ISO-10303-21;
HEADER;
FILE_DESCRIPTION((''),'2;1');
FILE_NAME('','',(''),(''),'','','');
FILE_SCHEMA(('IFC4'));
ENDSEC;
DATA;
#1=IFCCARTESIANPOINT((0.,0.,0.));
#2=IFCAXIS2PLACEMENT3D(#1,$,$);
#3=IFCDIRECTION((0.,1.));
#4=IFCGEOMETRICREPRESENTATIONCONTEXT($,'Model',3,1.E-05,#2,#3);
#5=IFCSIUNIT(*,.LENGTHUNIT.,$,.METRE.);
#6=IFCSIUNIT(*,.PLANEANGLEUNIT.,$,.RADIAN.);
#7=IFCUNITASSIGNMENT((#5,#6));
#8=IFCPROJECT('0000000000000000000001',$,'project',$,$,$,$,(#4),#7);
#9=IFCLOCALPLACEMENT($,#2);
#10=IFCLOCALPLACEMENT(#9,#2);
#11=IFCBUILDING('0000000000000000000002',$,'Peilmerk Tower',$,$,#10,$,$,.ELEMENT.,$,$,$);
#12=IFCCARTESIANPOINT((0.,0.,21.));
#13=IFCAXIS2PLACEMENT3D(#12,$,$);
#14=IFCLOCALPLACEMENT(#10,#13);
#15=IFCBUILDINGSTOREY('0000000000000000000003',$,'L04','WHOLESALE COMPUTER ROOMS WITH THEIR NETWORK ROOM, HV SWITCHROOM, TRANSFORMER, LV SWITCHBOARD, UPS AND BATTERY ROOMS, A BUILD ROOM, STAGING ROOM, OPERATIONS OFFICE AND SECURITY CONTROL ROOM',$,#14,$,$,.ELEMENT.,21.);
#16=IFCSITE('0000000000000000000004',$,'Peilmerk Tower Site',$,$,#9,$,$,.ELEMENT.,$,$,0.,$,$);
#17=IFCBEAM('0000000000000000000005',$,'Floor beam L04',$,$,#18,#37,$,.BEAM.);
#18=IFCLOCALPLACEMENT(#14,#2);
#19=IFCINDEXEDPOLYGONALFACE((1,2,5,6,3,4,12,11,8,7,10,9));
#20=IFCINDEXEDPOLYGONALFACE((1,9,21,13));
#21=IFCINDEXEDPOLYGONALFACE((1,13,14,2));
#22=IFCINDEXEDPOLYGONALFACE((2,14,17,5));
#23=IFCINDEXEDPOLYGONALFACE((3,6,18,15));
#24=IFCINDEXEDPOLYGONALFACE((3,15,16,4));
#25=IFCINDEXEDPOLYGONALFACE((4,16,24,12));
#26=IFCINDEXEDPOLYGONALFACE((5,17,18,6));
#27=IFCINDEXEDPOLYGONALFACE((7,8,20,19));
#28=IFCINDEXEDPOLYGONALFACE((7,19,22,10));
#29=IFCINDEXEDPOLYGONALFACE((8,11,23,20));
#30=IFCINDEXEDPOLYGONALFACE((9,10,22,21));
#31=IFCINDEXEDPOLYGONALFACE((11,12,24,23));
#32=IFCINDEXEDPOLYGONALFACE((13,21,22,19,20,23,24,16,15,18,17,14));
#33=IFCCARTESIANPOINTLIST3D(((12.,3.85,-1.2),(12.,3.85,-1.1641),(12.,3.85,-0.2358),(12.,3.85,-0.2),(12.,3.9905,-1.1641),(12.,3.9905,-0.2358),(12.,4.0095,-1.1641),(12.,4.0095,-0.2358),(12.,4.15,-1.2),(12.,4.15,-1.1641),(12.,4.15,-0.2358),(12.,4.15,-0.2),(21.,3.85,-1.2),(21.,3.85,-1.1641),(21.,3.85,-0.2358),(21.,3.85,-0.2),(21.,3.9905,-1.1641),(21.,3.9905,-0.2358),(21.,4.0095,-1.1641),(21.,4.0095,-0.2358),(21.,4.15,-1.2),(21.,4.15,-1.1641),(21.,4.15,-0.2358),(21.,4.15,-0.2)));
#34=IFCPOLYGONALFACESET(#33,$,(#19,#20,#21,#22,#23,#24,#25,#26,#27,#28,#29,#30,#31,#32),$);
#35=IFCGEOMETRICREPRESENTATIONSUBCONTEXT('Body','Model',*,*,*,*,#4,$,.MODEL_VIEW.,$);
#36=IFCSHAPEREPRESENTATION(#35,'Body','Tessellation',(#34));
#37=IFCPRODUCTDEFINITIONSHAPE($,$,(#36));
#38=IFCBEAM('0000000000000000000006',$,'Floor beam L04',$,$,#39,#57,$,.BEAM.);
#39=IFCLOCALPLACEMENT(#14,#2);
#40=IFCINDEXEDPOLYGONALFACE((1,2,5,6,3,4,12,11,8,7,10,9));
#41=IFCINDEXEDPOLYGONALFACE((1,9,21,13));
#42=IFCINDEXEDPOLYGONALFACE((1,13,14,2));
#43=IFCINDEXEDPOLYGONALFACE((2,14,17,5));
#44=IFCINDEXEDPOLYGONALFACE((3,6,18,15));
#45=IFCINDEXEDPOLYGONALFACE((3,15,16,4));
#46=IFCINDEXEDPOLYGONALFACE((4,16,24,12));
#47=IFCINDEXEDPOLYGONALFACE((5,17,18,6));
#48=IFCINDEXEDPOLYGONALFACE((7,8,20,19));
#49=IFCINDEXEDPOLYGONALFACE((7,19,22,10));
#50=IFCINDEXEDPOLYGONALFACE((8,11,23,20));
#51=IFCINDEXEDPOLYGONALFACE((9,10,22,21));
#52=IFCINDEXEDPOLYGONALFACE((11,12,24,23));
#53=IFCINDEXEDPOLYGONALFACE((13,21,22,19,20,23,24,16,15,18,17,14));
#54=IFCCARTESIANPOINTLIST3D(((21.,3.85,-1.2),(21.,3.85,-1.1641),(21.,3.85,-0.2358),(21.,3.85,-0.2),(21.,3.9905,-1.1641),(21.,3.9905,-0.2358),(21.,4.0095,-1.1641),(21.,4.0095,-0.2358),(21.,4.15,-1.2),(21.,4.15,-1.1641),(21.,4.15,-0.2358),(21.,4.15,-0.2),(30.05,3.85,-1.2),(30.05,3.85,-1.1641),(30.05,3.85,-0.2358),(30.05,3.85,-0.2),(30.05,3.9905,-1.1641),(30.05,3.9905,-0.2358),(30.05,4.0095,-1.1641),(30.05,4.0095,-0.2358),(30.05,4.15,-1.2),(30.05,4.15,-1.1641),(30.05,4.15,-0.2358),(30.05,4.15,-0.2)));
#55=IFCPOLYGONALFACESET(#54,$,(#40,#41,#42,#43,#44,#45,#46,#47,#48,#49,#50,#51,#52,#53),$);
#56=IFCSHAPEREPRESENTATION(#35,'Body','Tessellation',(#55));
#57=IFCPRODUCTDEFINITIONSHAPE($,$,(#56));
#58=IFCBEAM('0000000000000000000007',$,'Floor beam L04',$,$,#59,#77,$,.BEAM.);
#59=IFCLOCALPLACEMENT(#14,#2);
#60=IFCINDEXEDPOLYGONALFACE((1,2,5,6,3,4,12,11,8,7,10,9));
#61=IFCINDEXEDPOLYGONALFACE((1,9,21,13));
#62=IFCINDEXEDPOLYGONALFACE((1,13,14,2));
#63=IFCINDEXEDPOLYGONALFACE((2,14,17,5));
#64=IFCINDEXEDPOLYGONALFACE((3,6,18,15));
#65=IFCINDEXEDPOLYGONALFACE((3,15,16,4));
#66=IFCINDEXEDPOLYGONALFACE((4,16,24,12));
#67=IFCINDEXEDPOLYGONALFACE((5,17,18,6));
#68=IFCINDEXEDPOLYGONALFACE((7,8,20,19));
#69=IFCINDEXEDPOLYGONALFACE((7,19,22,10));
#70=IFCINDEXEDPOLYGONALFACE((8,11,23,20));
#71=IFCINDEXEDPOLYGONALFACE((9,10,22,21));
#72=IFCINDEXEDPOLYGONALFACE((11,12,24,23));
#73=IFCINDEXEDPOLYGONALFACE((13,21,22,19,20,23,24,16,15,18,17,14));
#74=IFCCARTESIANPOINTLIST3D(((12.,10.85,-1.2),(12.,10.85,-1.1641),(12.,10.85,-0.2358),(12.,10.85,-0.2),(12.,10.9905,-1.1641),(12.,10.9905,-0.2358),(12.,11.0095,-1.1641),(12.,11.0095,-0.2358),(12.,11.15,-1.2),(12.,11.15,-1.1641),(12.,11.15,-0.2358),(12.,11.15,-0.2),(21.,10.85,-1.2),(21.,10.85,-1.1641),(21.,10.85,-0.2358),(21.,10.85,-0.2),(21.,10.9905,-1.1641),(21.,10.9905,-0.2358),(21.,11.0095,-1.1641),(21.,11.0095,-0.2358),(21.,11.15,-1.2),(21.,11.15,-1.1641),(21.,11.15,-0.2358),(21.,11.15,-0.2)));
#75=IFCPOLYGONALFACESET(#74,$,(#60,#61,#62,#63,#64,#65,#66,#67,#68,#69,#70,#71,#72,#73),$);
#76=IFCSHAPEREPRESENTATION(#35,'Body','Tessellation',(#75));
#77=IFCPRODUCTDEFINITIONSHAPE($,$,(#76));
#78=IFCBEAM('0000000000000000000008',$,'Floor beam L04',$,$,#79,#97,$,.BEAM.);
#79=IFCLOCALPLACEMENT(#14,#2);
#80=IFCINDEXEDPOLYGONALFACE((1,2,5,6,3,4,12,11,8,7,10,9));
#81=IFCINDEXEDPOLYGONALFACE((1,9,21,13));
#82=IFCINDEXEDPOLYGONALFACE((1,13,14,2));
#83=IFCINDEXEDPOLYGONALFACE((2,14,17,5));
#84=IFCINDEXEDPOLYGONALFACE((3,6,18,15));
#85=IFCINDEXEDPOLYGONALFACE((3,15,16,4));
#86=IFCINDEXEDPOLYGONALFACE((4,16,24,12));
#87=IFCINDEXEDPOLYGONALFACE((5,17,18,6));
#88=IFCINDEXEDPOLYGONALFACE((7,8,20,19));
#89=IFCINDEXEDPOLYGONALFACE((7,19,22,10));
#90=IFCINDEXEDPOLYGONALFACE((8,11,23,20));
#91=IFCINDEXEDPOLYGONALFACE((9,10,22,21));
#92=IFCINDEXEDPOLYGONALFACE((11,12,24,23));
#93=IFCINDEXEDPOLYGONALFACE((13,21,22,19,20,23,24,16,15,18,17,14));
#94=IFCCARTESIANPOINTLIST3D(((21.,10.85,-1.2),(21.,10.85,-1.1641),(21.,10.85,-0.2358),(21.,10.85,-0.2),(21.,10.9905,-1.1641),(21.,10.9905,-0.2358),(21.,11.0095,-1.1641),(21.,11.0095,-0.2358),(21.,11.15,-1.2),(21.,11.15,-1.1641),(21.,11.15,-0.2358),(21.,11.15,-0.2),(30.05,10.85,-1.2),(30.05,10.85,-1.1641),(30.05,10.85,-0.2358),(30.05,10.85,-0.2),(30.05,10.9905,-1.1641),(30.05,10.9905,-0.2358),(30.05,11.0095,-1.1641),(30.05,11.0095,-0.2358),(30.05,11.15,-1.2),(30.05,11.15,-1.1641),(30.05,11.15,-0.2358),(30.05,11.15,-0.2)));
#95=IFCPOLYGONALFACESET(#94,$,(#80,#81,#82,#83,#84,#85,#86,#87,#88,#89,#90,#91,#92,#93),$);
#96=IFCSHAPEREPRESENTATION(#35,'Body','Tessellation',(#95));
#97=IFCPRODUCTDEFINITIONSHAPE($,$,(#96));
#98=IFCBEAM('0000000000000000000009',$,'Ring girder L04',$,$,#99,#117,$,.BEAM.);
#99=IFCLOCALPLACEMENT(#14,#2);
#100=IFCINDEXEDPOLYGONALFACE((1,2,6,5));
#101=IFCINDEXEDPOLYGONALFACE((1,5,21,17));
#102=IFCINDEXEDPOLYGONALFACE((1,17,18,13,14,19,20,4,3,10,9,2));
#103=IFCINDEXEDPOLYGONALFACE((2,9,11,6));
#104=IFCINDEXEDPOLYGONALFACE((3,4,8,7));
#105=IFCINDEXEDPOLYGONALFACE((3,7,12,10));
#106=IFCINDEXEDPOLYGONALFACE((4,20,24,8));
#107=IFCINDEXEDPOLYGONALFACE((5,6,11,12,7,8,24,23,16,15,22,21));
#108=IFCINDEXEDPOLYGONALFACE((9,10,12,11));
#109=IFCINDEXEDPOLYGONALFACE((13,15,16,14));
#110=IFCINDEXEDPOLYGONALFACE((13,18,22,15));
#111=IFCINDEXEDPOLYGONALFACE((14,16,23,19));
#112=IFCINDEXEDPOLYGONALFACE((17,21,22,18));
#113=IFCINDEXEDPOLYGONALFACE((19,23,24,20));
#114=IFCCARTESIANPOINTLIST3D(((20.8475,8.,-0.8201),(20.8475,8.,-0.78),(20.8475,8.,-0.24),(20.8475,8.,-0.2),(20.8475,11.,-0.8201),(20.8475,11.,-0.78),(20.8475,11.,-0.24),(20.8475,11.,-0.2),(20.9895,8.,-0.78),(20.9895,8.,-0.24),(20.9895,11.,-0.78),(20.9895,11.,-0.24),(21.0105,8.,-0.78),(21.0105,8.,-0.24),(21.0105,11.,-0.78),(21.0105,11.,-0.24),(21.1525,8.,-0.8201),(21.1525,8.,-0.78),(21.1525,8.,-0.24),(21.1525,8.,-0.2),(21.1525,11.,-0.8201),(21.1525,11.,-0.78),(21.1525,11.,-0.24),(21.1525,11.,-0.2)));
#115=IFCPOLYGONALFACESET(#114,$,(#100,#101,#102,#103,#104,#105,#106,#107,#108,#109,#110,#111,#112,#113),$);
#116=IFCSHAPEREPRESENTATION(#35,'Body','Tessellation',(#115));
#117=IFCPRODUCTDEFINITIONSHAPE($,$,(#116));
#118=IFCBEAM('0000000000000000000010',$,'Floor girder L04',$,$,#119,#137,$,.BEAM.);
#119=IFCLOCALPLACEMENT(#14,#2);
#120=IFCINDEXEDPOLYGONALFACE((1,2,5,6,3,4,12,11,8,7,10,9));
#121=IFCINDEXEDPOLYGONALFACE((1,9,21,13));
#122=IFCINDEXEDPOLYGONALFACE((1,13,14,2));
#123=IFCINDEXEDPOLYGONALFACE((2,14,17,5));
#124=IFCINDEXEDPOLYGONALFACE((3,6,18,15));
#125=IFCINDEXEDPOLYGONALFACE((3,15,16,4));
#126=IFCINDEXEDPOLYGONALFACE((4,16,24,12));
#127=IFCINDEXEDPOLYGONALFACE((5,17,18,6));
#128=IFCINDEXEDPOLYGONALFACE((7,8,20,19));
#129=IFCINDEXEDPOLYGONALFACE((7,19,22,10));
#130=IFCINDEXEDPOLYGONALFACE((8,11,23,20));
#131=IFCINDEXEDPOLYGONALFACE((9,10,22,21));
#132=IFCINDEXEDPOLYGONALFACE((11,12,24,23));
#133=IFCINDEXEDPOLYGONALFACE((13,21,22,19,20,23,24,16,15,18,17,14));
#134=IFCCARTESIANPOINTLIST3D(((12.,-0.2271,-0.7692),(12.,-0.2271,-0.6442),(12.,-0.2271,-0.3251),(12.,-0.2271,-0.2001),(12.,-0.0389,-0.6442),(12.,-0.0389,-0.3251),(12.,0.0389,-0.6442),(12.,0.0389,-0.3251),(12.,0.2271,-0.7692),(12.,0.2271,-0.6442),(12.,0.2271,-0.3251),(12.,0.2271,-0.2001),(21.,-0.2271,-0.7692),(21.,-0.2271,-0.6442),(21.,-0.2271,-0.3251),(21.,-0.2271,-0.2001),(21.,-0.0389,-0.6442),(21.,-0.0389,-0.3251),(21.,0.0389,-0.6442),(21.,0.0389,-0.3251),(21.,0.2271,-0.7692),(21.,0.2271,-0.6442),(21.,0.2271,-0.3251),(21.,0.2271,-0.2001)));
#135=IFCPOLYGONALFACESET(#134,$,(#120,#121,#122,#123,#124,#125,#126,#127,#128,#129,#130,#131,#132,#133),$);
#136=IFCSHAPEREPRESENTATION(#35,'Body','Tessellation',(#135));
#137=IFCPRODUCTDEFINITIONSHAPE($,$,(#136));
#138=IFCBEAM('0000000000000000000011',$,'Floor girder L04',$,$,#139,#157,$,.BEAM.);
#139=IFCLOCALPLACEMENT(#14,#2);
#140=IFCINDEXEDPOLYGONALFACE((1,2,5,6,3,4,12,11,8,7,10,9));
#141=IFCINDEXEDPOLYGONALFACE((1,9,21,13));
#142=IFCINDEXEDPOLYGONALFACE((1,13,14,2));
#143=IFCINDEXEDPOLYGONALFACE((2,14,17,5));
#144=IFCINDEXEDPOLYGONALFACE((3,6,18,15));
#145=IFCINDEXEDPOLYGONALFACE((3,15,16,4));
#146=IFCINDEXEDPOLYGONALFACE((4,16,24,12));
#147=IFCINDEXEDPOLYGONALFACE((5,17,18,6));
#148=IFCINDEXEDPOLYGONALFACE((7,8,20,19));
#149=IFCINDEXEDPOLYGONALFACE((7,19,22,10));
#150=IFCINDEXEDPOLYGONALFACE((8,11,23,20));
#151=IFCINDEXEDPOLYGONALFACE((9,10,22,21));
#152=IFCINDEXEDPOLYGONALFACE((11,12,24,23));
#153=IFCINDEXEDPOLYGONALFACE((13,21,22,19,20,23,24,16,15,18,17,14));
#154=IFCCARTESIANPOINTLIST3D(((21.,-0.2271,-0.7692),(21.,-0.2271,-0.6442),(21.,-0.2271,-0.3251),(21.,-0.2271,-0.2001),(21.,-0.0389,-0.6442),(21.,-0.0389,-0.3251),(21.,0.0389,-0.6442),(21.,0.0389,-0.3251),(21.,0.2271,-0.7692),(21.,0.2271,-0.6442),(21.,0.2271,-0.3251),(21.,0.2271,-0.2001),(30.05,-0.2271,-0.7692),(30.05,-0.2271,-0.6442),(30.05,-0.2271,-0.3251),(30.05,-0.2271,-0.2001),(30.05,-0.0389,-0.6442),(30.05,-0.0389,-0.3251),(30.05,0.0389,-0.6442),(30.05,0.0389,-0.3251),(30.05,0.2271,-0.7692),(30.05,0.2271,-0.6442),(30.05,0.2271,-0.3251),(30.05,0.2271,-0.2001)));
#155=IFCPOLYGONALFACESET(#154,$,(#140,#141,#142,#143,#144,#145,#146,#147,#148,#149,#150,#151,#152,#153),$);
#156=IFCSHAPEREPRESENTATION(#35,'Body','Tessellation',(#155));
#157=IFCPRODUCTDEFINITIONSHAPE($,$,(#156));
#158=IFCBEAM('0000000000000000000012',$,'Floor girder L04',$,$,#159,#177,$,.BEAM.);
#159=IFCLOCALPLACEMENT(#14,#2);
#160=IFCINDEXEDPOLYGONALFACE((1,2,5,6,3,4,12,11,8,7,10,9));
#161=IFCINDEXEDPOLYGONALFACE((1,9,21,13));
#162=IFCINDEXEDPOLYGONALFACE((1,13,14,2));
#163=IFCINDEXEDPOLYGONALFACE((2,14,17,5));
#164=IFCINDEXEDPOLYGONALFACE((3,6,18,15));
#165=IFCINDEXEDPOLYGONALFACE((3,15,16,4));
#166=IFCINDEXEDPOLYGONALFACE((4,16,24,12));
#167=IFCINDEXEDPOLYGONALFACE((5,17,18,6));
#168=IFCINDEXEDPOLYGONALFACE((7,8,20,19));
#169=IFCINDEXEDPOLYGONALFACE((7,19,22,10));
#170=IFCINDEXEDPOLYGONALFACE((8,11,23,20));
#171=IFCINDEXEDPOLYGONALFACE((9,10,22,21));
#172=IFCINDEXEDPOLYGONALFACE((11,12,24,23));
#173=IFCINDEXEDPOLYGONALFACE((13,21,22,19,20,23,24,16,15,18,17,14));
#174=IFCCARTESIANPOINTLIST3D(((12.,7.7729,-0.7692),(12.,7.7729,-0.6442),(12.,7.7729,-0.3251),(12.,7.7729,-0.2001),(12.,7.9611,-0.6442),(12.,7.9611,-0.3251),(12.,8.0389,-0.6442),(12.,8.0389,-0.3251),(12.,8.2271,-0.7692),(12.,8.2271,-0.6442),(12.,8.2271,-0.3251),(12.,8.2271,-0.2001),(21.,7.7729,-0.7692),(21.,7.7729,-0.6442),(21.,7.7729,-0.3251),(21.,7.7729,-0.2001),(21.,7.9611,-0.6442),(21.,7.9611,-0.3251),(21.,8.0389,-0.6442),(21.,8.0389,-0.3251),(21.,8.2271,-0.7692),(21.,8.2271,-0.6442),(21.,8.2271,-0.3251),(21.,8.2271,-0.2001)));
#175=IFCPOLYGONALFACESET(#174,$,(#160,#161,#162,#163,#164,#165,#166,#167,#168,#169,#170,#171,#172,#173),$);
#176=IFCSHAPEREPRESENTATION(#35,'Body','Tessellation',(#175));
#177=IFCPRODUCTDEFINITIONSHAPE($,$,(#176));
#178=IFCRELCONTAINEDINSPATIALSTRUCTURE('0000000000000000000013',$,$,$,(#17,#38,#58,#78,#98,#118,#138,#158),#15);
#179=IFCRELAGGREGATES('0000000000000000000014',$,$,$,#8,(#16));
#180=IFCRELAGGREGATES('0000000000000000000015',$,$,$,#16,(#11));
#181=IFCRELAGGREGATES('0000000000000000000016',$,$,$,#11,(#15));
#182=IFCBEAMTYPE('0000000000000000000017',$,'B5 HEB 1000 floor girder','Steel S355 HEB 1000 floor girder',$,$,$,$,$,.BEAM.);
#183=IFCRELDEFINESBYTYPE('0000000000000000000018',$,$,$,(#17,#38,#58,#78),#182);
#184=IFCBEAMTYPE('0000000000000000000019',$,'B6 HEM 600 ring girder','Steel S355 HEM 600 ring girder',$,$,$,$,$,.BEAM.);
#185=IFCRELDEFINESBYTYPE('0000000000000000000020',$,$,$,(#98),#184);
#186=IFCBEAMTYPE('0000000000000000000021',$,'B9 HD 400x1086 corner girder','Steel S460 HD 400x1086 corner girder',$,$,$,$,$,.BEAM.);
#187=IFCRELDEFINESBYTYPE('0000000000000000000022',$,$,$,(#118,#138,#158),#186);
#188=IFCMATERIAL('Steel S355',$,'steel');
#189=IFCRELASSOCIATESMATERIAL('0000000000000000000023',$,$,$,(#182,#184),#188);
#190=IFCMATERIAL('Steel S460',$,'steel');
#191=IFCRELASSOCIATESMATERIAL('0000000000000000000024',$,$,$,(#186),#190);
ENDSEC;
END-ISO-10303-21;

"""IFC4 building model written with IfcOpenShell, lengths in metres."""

from ifc_helpers import new_model, si_unit, direction, frame, origin, origin_2d, place, context, subcontext, project, spatial, i_section, extrude, material, material_profile, profile_set, type_object, element, save


model = new_model("IFC4")

# Units and contexts
model_context = context("Model", 3, precision=1e-05, world=origin(), true_north=direction((0.0, 1.0)))
body_context = subcontext(model_context, "Body", "Model", "MODEL_VIEW")
ifc_project = project(units=[si_unit("LENGTHUNIT", "METRE"), si_unit("PLANEANGLEUNIT", "RADIAN")], contexts=[model_context])

# Site, building, storey
site_placement = place(None, origin())
site = spatial("IfcSite", under=ifc_project, at=site_placement, Name="Peilmerk Tower Site", CompositionType="ELEMENT", RefElevation=0.0)
building_placement = place(site_placement, origin())
building = spatial("IfcBuilding", under=site, at=building_placement, Name="Peilmerk Tower", CompositionType="ELEMENT")
storey_placement = place(building_placement, frame((0.0, 0.0, 21.0)))
storey = spatial("IfcBuildingStorey", under=building, at=storey_placement, Name="L04", Description="WHOLESALE COMPUTER ROOMS WITH THEIR NETWORK ROOM, HV SWITCHROOM, TRANSFORMER, LV SWITCHBOARD, UPS AND BATTERY ROOMS, A BUILD ROOM, STAGING ROOM, OPERATIONS OFFICE AND SECURITY CONTROL ROOM", CompositionType="ELEMENT", Elevation=21.0)

# Beams
ifc_material_1 = material(Name="Steel S355", Category="steel")
ifc_material_profile_1 = material_profile(ifc_material_1, i_section(OverallWidth=0.3, OverallDepth=1.0, WebThickness=0.019, FlangeThickness=0.0359, at=origin_2d()), Name="HEB 1000")
ifc_profile_set_1 = profile_set([ifc_material_profile_1], Name="Steel S355")
beam_type_1 = type_object("IfcBeamType", Name="B5 HEB 1000 floor girder", Description="Steel S355 HEB 1000 floor girder", PredefinedType="BEAM", material=ifc_profile_set_1)
beam_1_placement = place(storey_placement, frame((12.0, 4.0, -0.7), z_axis=(1.0, 0.0, 0.0), x_axis=(0.0, 1.0, 0.0)))
element("IfcBeam", 1, at=beam_1_placement, inside=storey, type_object=beam_type_1, Name="Floor beam L04", PredefinedType="BEAM", context=body_context, shape_type="SweptSolid", body=[
    extrude(i_section(OverallWidth=0.3, OverallDepth=1.0, WebThickness=0.019, FlangeThickness=0.0359, at=origin_2d()), origin(), (0.0, 0.0, 1.0), 9.0),
])
beam_2_placement = place(storey_placement, frame((21.0, 4.0, -0.7), z_axis=(1.0, 0.0, 0.0), x_axis=(0.0, 1.0, 0.0)))
element("IfcBeam", 2, at=beam_2_placement, inside=storey, type_object=beam_type_1, Name="Floor beam L04", PredefinedType="BEAM", context=body_context, shape_type="SweptSolid", body=[
    extrude(i_section(OverallWidth=0.3, OverallDepth=1.0, WebThickness=0.019, FlangeThickness=0.0359, at=origin_2d()), origin(), (0.0, 0.0, 1.0), 9.05),
])
beam_3_placement = place(storey_placement, frame((12.0, 11.0, -0.7), z_axis=(1.0, 0.0, 0.0), x_axis=(0.0, 1.0, 0.0)))
element("IfcBeam", 3, at=beam_3_placement, inside=storey, type_object=beam_type_1, Name="Floor beam L04", PredefinedType="BEAM", context=body_context, shape_type="SweptSolid", body=[
    extrude(i_section(OverallWidth=0.3, OverallDepth=1.0, WebThickness=0.019, FlangeThickness=0.0359, at=origin_2d()), origin(), (0.0, 0.0, 1.0), 9.0),
])
beam_4_placement = place(storey_placement, frame((21.0, 11.0, -0.7), z_axis=(1.0, 0.0, 0.0), x_axis=(0.0, 1.0, 0.0)))
element("IfcBeam", 4, at=beam_4_placement, inside=storey, type_object=beam_type_1, Name="Floor beam L04", PredefinedType="BEAM", context=body_context, shape_type="SweptSolid", body=[
    extrude(i_section(OverallWidth=0.3, OverallDepth=1.0, WebThickness=0.019, FlangeThickness=0.0359, at=origin_2d()), origin(), (0.0, 0.0, 1.0), 9.05),
])
ifc_material_profile_2 = material_profile(ifc_material_1, i_section(OverallWidth=0.3049, OverallDepth=0.6201, WebThickness=0.021, FlangeThickness=0.04, at=origin_2d()), Name="HEM 600")
ifc_profile_set_2 = profile_set([ifc_material_profile_2], Name="Steel S355")
beam_type_2 = type_object("IfcBeamType", Name="B6 HEM 600 ring girder", Description="Steel S355 HEM 600 ring girder", PredefinedType="BEAM", material=ifc_profile_set_2)
beam_5_placement = place(storey_placement, frame((21.0, 8.0, -0.51), z_axis=(0.0, 1.0, 0.0), x_axis=(-1.0, 0.0, 0.0)))
element("IfcBeam", 5, at=beam_5_placement, inside=storey, type_object=beam_type_2, Name="Ring girder L04", PredefinedType="BEAM", context=body_context, shape_type="SweptSolid", body=[
    extrude(i_section(OverallWidth=0.3049, OverallDepth=0.6201, WebThickness=0.021, FlangeThickness=0.04, at=origin_2d()), origin(), (0.0, 0.0, 1.0), 3.0),
])
ifc_material_2 = material(Name="Steel S460", Category="steel")
ifc_material_profile_3 = material_profile(ifc_material_2, i_section(OverallWidth=0.4541, OverallDepth=0.5691, WebThickness=0.0779, FlangeThickness=0.125, at=origin_2d()), Name="HD 400x1086")
ifc_profile_set_3 = profile_set([ifc_material_profile_3], Name="Steel S460")
beam_type_3 = type_object("IfcBeamType", Name="B9 HD 400x1086 corner girder", Description="Steel S460 HD 400x1086 corner girder", PredefinedType="BEAM", material=ifc_profile_set_3)
beam_6_placement = place(storey_placement, frame((12.0, 0.0, -0.4846), z_axis=(1.0, 0.0, 0.0), x_axis=(0.0, 1.0, 0.0)))
element("IfcBeam", 6, at=beam_6_placement, inside=storey, type_object=beam_type_3, Name="Floor girder L04", PredefinedType="BEAM", context=body_context, shape_type="SweptSolid", body=[
    extrude(i_section(OverallWidth=0.4541, OverallDepth=0.5691, WebThickness=0.0779, FlangeThickness=0.125, at=origin_2d()), origin(), (0.0, 0.0, 1.0), 9.0),
])
beam_7_placement = place(storey_placement, frame((21.0, 0.0, -0.4846), z_axis=(1.0, 0.0, 0.0), x_axis=(0.0, 1.0, 0.0)))
element("IfcBeam", 7, at=beam_7_placement, inside=storey, type_object=beam_type_3, Name="Floor girder L04", PredefinedType="BEAM", context=body_context, shape_type="SweptSolid", body=[
    extrude(i_section(OverallWidth=0.4541, OverallDepth=0.5691, WebThickness=0.0779, FlangeThickness=0.125, at=origin_2d()), origin(), (0.0, 0.0, 1.0), 9.05),
])
beam_8_placement = place(storey_placement, frame((12.0, 8.0, -0.4846), z_axis=(1.0, 0.0, 0.0), x_axis=(0.0, 1.0, 0.0)))
element("IfcBeam", 8, at=beam_8_placement, inside=storey, type_object=beam_type_3, Name="Floor girder L04", PredefinedType="BEAM", context=body_context, shape_type="SweptSolid", body=[
    extrude(i_section(OverallWidth=0.4541, OverallDepth=0.5691, WebThickness=0.0779, FlangeThickness=0.125, at=origin_2d()), origin(), (0.0, 0.0, 1.0), 9.0),
])

save(model, "model.ifc")
